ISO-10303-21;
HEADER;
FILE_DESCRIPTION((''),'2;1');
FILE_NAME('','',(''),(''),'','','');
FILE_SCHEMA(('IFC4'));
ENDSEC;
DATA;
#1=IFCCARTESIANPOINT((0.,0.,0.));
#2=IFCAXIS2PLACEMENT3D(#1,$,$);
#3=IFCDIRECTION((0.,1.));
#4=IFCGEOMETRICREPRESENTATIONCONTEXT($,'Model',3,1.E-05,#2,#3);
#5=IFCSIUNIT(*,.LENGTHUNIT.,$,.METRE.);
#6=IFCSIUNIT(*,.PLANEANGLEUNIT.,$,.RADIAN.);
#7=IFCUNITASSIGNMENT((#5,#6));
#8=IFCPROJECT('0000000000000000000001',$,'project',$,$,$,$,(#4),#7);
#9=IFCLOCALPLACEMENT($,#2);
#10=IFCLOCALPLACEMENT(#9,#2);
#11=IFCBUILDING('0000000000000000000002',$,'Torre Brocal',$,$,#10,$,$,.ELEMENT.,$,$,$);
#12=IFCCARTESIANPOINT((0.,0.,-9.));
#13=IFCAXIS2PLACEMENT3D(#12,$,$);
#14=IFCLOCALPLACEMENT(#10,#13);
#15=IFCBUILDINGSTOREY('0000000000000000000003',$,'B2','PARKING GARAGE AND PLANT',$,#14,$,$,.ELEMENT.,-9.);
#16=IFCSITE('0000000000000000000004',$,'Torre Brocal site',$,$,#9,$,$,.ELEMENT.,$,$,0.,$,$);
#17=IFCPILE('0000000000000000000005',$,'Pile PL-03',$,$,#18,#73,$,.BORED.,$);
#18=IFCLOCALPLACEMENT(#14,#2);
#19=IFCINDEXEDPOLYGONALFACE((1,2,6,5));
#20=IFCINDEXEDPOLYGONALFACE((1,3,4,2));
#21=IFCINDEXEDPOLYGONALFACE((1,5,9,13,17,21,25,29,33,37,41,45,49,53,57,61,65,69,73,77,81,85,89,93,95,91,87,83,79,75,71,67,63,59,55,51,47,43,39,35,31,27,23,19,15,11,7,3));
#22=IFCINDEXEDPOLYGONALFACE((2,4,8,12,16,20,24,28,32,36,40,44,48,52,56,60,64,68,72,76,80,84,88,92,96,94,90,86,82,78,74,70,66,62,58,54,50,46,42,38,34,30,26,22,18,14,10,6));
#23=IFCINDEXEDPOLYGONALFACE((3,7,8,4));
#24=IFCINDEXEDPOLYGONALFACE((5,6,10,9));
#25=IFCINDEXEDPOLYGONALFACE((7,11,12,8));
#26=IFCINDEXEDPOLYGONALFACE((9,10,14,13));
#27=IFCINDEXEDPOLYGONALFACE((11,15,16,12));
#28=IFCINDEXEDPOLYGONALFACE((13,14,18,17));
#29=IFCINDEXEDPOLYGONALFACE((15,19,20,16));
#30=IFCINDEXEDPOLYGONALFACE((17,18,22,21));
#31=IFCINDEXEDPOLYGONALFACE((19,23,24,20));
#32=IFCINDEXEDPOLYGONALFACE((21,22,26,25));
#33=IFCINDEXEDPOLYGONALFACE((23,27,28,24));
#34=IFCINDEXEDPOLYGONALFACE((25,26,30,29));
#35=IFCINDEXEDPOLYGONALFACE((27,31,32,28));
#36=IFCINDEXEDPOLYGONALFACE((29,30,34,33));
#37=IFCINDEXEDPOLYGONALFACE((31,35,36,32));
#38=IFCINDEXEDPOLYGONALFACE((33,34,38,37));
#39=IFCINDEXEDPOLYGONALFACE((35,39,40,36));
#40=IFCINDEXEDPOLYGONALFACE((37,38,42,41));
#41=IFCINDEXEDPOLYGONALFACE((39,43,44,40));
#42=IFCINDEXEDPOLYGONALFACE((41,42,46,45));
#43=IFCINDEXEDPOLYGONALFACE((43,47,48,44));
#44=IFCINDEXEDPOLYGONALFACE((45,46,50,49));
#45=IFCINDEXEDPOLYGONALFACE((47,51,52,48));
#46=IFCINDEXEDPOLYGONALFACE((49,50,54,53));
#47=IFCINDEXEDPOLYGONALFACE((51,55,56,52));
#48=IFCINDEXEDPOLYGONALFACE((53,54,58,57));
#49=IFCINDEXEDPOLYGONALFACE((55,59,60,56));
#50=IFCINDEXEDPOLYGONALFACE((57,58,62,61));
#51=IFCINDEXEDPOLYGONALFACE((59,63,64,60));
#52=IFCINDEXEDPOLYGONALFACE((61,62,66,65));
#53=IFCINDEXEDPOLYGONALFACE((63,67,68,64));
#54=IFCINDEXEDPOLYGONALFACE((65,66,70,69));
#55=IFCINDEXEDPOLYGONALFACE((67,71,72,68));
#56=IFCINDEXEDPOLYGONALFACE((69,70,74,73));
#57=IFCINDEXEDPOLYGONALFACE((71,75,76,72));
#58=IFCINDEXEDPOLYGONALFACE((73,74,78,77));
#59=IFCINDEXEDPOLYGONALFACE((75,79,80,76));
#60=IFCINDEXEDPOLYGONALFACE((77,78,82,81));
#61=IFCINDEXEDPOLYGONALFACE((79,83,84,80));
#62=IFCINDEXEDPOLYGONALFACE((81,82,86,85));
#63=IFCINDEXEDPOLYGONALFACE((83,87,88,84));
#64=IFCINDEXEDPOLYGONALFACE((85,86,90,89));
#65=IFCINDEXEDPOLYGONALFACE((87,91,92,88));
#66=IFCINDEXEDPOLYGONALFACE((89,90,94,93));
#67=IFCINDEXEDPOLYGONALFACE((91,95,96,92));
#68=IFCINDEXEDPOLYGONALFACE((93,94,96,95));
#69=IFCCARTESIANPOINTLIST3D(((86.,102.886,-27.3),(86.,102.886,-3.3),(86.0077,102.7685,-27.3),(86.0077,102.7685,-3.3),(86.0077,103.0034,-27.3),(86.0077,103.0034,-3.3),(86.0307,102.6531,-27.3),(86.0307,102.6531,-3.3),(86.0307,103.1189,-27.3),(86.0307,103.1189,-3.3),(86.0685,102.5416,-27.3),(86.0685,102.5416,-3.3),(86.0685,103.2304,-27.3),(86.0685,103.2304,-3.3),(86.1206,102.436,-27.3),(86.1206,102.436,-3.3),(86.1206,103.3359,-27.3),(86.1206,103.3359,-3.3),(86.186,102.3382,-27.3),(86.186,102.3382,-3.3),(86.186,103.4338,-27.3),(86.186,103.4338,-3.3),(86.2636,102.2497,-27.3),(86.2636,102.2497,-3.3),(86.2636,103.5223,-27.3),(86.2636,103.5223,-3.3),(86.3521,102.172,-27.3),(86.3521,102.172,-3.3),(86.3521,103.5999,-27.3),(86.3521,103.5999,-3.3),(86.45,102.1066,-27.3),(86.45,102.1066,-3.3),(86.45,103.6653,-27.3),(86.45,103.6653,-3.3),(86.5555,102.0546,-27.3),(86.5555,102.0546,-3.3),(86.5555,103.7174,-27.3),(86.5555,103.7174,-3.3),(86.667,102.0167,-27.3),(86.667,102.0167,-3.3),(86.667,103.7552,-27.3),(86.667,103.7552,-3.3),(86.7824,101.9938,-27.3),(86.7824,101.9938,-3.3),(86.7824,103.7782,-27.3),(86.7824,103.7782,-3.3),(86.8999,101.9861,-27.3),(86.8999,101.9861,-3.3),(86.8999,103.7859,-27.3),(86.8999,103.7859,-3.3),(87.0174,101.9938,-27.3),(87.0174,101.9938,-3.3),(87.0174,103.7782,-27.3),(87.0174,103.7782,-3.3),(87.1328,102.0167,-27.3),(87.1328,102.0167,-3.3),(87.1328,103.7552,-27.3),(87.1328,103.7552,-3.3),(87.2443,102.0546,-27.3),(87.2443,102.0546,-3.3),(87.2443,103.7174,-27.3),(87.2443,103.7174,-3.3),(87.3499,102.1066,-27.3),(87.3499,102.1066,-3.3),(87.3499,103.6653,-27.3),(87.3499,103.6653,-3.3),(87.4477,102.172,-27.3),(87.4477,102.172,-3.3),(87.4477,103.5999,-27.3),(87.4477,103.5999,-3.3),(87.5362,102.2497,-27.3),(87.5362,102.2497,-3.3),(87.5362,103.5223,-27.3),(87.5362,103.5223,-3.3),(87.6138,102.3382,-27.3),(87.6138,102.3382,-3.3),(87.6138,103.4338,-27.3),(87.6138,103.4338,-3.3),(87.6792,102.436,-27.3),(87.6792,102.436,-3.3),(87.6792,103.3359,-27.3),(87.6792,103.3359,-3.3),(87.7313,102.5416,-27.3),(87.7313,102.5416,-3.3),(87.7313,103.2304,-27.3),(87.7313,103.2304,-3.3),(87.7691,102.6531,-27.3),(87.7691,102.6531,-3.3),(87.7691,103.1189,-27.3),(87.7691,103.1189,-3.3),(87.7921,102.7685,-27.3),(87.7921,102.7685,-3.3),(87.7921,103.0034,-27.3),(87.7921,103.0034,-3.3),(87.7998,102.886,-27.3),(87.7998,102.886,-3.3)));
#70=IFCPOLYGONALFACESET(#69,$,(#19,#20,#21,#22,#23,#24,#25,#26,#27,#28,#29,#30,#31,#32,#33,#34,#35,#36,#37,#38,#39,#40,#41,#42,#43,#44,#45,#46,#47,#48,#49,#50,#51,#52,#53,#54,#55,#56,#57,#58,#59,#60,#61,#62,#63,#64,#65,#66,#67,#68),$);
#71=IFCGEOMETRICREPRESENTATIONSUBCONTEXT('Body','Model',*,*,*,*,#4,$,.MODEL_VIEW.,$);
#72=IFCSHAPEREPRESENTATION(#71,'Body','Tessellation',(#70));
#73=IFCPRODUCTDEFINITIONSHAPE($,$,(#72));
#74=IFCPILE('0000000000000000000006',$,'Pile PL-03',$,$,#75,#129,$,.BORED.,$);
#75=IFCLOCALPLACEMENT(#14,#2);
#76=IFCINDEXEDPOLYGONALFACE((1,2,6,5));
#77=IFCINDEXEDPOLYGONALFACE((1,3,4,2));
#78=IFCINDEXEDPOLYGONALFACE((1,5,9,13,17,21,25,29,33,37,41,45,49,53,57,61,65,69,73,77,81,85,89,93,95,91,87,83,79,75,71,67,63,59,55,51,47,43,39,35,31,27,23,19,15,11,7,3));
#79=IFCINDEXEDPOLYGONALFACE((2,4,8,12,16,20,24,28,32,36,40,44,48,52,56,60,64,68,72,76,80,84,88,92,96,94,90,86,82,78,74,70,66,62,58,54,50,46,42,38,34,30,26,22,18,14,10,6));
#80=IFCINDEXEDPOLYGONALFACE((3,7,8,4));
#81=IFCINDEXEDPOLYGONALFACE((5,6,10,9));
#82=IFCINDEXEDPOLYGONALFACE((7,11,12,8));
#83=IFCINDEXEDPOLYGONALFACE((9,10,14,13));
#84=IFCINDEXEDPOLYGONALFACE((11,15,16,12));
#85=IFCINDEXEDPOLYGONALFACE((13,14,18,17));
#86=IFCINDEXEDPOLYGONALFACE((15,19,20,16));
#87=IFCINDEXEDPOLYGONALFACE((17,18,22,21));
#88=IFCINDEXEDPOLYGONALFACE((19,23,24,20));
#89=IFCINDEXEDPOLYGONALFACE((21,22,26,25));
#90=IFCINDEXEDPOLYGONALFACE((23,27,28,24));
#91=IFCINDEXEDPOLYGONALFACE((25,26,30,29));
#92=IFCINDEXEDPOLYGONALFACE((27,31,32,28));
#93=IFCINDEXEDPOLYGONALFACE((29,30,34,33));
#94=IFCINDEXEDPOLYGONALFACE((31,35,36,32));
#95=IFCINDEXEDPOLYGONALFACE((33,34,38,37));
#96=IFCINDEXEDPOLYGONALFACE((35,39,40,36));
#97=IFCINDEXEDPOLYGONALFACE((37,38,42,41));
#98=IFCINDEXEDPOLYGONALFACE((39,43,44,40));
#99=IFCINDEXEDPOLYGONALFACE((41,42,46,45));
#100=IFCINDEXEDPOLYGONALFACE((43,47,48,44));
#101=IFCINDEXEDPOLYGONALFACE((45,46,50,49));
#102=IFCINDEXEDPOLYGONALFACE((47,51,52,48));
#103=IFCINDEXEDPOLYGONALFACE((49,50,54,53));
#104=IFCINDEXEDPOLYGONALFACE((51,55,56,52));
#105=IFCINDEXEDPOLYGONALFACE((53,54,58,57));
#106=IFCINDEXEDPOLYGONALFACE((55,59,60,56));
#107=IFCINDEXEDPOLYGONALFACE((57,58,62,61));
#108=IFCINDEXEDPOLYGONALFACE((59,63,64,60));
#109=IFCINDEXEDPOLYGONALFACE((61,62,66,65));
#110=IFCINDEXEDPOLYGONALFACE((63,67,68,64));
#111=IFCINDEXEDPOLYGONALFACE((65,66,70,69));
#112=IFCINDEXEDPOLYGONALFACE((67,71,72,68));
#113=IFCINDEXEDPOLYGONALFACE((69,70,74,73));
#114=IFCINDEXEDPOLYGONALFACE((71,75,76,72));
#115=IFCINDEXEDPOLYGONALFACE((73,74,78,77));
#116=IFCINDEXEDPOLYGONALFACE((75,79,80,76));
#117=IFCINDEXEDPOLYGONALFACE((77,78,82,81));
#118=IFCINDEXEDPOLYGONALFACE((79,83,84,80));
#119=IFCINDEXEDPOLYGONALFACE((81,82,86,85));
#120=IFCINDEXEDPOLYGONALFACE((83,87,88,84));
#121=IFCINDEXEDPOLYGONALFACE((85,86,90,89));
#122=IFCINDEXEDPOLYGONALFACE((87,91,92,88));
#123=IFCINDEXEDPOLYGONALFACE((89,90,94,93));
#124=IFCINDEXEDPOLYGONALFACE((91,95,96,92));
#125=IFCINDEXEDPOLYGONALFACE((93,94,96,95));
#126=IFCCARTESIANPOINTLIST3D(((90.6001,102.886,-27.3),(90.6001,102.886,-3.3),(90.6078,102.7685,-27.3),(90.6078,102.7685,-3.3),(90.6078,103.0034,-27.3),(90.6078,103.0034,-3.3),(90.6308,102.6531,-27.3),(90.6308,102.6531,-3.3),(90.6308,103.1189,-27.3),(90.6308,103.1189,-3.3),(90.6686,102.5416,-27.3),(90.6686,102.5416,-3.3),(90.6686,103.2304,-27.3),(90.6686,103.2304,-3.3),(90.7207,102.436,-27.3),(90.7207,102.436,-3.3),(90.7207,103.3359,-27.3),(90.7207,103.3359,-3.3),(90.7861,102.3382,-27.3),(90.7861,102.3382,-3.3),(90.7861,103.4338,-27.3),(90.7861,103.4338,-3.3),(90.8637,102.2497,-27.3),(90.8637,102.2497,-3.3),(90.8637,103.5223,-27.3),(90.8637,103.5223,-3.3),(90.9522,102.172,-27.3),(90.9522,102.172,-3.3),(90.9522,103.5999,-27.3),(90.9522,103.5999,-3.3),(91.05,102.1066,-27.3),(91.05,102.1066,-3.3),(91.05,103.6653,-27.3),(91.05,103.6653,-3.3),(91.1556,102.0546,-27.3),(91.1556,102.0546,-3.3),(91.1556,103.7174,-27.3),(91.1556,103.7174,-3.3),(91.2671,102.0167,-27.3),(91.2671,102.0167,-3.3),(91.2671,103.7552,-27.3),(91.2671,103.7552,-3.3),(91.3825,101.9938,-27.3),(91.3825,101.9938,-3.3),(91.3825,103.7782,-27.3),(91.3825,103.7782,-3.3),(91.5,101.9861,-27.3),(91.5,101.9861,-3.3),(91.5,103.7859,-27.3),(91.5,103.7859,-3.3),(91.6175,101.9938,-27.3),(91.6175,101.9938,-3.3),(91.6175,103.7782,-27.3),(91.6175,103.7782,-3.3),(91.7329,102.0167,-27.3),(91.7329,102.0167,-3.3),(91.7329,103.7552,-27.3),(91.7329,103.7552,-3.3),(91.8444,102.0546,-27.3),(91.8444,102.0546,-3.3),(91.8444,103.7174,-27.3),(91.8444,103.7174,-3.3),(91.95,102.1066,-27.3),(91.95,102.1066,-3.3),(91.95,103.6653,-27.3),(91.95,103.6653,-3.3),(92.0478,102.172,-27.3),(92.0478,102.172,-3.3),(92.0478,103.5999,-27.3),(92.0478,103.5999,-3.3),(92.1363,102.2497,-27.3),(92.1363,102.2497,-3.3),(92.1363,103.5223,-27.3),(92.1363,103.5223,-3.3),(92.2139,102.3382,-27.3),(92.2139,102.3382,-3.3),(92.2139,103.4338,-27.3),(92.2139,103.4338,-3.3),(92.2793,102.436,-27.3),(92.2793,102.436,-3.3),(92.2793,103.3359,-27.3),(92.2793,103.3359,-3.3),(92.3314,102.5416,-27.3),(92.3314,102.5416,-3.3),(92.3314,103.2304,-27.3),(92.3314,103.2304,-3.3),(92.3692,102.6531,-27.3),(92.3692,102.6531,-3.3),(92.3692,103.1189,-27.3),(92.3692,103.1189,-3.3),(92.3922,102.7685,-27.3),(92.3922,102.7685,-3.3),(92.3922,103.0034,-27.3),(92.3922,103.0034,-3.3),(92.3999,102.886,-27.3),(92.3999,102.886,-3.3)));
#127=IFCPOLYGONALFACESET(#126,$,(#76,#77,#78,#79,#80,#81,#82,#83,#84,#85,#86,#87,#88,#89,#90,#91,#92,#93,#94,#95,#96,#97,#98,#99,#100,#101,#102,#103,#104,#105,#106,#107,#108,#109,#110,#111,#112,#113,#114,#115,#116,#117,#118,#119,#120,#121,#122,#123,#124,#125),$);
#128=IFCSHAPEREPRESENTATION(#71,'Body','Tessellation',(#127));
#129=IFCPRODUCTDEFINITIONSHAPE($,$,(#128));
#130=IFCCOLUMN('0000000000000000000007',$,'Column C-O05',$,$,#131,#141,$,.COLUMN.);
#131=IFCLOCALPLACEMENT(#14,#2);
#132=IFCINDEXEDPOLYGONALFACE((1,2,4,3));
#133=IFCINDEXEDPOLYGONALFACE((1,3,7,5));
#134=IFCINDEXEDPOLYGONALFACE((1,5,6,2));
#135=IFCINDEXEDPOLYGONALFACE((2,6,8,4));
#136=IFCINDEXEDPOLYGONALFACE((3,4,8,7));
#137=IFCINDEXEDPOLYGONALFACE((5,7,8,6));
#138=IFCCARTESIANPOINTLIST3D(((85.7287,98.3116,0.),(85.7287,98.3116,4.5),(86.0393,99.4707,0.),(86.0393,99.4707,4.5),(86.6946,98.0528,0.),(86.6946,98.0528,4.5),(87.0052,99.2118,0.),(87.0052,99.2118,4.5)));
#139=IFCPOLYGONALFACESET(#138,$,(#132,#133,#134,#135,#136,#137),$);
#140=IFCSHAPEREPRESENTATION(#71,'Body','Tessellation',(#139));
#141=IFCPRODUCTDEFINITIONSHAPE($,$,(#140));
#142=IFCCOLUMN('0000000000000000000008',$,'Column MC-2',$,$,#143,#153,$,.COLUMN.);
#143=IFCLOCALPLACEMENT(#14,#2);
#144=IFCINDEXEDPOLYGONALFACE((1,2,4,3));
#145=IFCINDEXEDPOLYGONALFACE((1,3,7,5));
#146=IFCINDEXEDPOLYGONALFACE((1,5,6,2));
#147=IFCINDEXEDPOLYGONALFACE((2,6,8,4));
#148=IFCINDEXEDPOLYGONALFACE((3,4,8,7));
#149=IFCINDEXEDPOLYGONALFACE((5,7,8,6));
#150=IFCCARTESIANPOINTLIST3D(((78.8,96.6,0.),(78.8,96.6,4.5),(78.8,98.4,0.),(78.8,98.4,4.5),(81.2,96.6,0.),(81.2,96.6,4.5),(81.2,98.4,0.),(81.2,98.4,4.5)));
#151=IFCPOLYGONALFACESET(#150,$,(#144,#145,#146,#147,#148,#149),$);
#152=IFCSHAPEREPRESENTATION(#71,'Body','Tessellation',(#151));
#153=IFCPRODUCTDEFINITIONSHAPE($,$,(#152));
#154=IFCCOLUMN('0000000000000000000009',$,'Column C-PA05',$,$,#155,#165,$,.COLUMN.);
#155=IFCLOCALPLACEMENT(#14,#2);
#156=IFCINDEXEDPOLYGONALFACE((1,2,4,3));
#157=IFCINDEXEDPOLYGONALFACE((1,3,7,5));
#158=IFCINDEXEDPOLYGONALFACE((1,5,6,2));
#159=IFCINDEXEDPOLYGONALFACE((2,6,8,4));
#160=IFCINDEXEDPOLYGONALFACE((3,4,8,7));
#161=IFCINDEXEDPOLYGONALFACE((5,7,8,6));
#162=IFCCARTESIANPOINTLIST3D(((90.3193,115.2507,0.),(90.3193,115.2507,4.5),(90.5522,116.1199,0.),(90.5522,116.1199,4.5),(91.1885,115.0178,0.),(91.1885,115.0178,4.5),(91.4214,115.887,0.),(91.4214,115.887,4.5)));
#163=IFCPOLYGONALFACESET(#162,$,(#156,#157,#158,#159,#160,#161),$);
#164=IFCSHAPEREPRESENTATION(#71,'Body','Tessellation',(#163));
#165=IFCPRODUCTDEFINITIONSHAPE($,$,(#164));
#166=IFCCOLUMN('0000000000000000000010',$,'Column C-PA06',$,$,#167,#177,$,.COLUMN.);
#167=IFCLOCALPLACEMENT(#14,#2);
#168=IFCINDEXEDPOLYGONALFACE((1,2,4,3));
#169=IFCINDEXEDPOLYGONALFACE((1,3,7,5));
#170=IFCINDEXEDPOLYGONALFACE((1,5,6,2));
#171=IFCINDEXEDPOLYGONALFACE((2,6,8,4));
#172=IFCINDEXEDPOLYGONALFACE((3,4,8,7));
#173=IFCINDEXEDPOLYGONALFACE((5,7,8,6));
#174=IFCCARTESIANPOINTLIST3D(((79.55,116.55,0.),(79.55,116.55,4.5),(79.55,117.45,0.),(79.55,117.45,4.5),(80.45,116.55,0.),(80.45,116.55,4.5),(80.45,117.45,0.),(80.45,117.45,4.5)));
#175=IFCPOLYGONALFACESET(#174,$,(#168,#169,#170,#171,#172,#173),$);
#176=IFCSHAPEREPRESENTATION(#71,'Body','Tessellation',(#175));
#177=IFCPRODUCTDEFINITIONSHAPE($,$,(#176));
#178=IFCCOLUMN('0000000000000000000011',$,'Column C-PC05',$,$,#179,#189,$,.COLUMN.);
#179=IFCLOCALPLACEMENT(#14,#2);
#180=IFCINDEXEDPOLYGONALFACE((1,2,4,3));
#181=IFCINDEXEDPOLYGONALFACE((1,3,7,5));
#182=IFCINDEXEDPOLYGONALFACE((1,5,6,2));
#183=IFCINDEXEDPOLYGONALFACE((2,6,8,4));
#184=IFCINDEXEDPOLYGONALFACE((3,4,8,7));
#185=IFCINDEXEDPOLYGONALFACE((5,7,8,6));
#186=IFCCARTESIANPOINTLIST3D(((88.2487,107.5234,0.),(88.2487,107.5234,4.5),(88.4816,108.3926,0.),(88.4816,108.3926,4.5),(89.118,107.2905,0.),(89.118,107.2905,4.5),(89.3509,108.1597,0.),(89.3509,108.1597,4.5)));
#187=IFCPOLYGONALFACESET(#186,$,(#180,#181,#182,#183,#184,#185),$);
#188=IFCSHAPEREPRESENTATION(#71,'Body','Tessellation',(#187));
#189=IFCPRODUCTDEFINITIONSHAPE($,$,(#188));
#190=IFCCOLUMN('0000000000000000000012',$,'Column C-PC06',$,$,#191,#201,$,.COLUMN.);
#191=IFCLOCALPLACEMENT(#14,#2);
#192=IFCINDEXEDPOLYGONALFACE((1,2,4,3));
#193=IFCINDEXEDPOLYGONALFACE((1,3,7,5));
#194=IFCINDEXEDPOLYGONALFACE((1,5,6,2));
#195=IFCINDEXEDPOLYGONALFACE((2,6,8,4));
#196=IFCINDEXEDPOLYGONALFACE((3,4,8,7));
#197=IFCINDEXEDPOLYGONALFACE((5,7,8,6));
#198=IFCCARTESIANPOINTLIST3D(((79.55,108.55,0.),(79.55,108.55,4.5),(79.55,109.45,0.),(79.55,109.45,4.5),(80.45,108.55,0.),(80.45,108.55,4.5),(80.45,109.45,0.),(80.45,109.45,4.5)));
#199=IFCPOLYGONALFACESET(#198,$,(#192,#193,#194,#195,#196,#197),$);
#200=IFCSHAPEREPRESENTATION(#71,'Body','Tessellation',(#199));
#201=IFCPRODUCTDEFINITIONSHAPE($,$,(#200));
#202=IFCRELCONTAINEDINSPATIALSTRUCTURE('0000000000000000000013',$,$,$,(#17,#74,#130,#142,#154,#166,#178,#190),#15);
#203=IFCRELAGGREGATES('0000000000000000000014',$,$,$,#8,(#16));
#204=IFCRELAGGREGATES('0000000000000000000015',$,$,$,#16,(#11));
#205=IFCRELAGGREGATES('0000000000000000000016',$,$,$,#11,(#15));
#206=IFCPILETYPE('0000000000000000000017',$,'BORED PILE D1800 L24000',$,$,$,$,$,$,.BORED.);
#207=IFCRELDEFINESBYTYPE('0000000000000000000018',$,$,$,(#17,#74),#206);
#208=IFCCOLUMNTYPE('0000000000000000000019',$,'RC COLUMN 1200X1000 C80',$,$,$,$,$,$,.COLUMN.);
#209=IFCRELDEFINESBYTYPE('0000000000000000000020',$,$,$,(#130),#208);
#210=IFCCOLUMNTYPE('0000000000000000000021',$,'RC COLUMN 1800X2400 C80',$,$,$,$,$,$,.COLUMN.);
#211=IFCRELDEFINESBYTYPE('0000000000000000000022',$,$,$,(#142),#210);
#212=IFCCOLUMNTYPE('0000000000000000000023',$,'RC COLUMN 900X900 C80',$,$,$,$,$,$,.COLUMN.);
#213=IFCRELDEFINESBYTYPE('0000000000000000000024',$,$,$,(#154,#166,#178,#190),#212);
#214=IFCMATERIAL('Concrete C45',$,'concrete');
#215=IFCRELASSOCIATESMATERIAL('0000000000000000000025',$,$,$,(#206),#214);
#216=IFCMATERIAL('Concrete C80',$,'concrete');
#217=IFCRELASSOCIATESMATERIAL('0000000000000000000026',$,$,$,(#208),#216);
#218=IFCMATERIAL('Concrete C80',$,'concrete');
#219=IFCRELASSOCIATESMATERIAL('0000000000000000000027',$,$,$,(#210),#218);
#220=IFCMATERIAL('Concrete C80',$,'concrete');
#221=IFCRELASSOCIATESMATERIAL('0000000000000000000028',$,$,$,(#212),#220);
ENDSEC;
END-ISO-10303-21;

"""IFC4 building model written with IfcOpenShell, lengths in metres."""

from ifc_helpers import new_model, si_unit, direction, frame, origin, origin_2d, place, context, subcontext, project, spatial, rectangle, circle, extrude, material, material_profile, profile_set, type_object, element, save


model = new_model("IFC4")

# Units and contexts
model_context = context("Model", 3, precision=1e-05, world=origin(), true_north=direction((0.0, 1.0)))
body_context = subcontext(model_context, "Body", "Model", "MODEL_VIEW")
ifc_project = project(units=[si_unit("LENGTHUNIT", "METRE"), si_unit("PLANEANGLEUNIT", "RADIAN")], contexts=[model_context])

# Site, building, storey
site_placement = place(None, origin())
site = spatial("IfcSite", under=ifc_project, at=site_placement, Name="Torre Brocal site", CompositionType="ELEMENT", RefElevation=0.0)
building_placement = place(site_placement, origin())
building = spatial("IfcBuilding", under=site, at=building_placement, Name="Torre Brocal", CompositionType="ELEMENT")
storey_placement = place(building_placement, frame((0.0, 0.0, -9.0)))
storey = spatial("IfcBuildingStorey", under=building, at=storey_placement, Name="B2", Description="PARKING GARAGE AND PLANT", CompositionType="ELEMENT", Elevation=-9.0)

# Piles
ifc_material_1 = material(Name="Concrete C45", Category="concrete")
ifc_material_profile_1 = material_profile(ifc_material_1, circle(Radius=0.8999, at=origin_2d()), Name="BORED PILE D1800")
ifc_profile_set_1 = profile_set([ifc_material_profile_1], Name="Concrete C45")
pile_type_1 = type_object("IfcPileType", Name="BORED PILE D1800 L24000", PredefinedType="BORED", material=ifc_profile_set_1)
for number, where, z_axis, x_axis, name in (
    (1, (86.8999, 102.886, -3.3), (0.0, 0.0, -1.0), (1.0, 0.0, 0.0), "Pile PL-03"),
    (2, (91.5, 102.886, -3.3), (0.0, 0.0, -1.0), (1.0, 0.0, 0.0), "Pile PL-03"),
):
    element("IfcPile", number, at=place(storey_placement, frame(where, z_axis=z_axis, x_axis=x_axis)), inside=storey, type_object=pile_type_1, Name=name, PredefinedType="BORED", context=body_context, shape_type="SweptSolid", body=[
        extrude(circle(Radius=0.8999, at=origin_2d()), origin(), (0.0, 0.0, 1.0), 24.0),
    ])

# Columns
ifc_material_2 = material(Name="Concrete C80", Category="concrete")
ifc_material_profile_2 = material_profile(ifc_material_2, rectangle(XDim=1.2, YDim=1.0, at=origin_2d()), Name="RC 1200X1000")
ifc_profile_set_2 = profile_set([ifc_material_profile_2], Name="Concrete C80")
column_type_1 = type_object("IfcColumnType", Name="RC COLUMN 1200X1000 C80", PredefinedType="COLUMN", material=ifc_profile_set_2)
column_1_placement = place(storey_placement, frame((86.3669, 98.7617, 0.0), z_axis=(0.0, 0.0, 1.0), x_axis=(0.258819, 0.965926, 0.0)))
element("IfcColumn", 3, at=column_1_placement, inside=storey, type_object=column_type_1, Name="Column C-O05", PredefinedType="COLUMN", context=body_context, shape_type="SweptSolid", body=[
    extrude(rectangle(XDim=1.2, YDim=1.0, at=origin_2d()), origin(), (0.0, 0.0, 1.0), 4.5),
])
ifc_material_3 = material(Name="Concrete C80", Category="concrete")
ifc_material_profile_3 = material_profile(ifc_material_3, rectangle(XDim=1.8, YDim=2.3999, at=origin_2d()), Name="RC 1800X2400")
ifc_profile_set_3 = profile_set([ifc_material_profile_3], Name="Concrete C80")
column_type_2 = type_object("IfcColumnType", Name="RC COLUMN 1800X2400 C80", PredefinedType="COLUMN", material=ifc_profile_set_3)
column_2_placement = place(storey_placement, frame((80.0, 97.5, 0.0), z_axis=(0.0, 0.0, 1.0), x_axis=(0.0, 1.0, 0.0)))
element("IfcColumn", 4, at=column_2_placement, inside=storey, type_object=column_type_2, Name="Column MC-2", PredefinedType="COLUMN", context=body_context, shape_type="SweptSolid", body=[
    extrude(rectangle(XDim=1.8, YDim=2.3999, at=origin_2d()), origin(), (0.0, 0.0, 1.0), 4.5),
])
ifc_material_4 = material(Name="Concrete C80", Category="concrete")
ifc_material_profile_4 = material_profile(ifc_material_4, rectangle(XDim=0.8999, YDim=0.8999, at=origin_2d()), Name="RC 900X900")
ifc_profile_set_4 = profile_set([ifc_material_profile_4], Name="Concrete C80")
column_type_3 = type_object("IfcColumnType", Name="RC COLUMN 900X900 C80", PredefinedType="COLUMN", material=ifc_profile_set_4)
for number, where, z_axis, x_axis, name in (
    (5, (90.8704, 115.5688, 0.0), (0.0, 0.0, 1.0), (0.258819, 0.965926, 0.0), "Column C-PA05"),
    (6, (80.0, 117.0, 0.0), (0.0, 0.0, 1.0), (0.0, 1.0, 0.0), "Column C-PA06"),
    (7, (88.7998, 107.8416, 0.0), (0.0, 0.0, 1.0), (0.258819, 0.965926, 0.0), "Column C-PC05"),
    (8, (80.0, 109.0, 0.0), (0.0, 0.0, 1.0), (0.0, 1.0, 0.0), "Column C-PC06"),
):
    element("IfcColumn", number, at=place(storey_placement, frame(where, z_axis=z_axis, x_axis=x_axis)), inside=storey, type_object=column_type_3, Name=name, PredefinedType="COLUMN", context=body_context, shape_type="SweptSolid", body=[
        extrude(rectangle(XDim=0.8999, YDim=0.8999, at=origin_2d()), origin(), (0.0, 0.0, 1.0), 4.5),
    ])

save(model, "model.ifc")
